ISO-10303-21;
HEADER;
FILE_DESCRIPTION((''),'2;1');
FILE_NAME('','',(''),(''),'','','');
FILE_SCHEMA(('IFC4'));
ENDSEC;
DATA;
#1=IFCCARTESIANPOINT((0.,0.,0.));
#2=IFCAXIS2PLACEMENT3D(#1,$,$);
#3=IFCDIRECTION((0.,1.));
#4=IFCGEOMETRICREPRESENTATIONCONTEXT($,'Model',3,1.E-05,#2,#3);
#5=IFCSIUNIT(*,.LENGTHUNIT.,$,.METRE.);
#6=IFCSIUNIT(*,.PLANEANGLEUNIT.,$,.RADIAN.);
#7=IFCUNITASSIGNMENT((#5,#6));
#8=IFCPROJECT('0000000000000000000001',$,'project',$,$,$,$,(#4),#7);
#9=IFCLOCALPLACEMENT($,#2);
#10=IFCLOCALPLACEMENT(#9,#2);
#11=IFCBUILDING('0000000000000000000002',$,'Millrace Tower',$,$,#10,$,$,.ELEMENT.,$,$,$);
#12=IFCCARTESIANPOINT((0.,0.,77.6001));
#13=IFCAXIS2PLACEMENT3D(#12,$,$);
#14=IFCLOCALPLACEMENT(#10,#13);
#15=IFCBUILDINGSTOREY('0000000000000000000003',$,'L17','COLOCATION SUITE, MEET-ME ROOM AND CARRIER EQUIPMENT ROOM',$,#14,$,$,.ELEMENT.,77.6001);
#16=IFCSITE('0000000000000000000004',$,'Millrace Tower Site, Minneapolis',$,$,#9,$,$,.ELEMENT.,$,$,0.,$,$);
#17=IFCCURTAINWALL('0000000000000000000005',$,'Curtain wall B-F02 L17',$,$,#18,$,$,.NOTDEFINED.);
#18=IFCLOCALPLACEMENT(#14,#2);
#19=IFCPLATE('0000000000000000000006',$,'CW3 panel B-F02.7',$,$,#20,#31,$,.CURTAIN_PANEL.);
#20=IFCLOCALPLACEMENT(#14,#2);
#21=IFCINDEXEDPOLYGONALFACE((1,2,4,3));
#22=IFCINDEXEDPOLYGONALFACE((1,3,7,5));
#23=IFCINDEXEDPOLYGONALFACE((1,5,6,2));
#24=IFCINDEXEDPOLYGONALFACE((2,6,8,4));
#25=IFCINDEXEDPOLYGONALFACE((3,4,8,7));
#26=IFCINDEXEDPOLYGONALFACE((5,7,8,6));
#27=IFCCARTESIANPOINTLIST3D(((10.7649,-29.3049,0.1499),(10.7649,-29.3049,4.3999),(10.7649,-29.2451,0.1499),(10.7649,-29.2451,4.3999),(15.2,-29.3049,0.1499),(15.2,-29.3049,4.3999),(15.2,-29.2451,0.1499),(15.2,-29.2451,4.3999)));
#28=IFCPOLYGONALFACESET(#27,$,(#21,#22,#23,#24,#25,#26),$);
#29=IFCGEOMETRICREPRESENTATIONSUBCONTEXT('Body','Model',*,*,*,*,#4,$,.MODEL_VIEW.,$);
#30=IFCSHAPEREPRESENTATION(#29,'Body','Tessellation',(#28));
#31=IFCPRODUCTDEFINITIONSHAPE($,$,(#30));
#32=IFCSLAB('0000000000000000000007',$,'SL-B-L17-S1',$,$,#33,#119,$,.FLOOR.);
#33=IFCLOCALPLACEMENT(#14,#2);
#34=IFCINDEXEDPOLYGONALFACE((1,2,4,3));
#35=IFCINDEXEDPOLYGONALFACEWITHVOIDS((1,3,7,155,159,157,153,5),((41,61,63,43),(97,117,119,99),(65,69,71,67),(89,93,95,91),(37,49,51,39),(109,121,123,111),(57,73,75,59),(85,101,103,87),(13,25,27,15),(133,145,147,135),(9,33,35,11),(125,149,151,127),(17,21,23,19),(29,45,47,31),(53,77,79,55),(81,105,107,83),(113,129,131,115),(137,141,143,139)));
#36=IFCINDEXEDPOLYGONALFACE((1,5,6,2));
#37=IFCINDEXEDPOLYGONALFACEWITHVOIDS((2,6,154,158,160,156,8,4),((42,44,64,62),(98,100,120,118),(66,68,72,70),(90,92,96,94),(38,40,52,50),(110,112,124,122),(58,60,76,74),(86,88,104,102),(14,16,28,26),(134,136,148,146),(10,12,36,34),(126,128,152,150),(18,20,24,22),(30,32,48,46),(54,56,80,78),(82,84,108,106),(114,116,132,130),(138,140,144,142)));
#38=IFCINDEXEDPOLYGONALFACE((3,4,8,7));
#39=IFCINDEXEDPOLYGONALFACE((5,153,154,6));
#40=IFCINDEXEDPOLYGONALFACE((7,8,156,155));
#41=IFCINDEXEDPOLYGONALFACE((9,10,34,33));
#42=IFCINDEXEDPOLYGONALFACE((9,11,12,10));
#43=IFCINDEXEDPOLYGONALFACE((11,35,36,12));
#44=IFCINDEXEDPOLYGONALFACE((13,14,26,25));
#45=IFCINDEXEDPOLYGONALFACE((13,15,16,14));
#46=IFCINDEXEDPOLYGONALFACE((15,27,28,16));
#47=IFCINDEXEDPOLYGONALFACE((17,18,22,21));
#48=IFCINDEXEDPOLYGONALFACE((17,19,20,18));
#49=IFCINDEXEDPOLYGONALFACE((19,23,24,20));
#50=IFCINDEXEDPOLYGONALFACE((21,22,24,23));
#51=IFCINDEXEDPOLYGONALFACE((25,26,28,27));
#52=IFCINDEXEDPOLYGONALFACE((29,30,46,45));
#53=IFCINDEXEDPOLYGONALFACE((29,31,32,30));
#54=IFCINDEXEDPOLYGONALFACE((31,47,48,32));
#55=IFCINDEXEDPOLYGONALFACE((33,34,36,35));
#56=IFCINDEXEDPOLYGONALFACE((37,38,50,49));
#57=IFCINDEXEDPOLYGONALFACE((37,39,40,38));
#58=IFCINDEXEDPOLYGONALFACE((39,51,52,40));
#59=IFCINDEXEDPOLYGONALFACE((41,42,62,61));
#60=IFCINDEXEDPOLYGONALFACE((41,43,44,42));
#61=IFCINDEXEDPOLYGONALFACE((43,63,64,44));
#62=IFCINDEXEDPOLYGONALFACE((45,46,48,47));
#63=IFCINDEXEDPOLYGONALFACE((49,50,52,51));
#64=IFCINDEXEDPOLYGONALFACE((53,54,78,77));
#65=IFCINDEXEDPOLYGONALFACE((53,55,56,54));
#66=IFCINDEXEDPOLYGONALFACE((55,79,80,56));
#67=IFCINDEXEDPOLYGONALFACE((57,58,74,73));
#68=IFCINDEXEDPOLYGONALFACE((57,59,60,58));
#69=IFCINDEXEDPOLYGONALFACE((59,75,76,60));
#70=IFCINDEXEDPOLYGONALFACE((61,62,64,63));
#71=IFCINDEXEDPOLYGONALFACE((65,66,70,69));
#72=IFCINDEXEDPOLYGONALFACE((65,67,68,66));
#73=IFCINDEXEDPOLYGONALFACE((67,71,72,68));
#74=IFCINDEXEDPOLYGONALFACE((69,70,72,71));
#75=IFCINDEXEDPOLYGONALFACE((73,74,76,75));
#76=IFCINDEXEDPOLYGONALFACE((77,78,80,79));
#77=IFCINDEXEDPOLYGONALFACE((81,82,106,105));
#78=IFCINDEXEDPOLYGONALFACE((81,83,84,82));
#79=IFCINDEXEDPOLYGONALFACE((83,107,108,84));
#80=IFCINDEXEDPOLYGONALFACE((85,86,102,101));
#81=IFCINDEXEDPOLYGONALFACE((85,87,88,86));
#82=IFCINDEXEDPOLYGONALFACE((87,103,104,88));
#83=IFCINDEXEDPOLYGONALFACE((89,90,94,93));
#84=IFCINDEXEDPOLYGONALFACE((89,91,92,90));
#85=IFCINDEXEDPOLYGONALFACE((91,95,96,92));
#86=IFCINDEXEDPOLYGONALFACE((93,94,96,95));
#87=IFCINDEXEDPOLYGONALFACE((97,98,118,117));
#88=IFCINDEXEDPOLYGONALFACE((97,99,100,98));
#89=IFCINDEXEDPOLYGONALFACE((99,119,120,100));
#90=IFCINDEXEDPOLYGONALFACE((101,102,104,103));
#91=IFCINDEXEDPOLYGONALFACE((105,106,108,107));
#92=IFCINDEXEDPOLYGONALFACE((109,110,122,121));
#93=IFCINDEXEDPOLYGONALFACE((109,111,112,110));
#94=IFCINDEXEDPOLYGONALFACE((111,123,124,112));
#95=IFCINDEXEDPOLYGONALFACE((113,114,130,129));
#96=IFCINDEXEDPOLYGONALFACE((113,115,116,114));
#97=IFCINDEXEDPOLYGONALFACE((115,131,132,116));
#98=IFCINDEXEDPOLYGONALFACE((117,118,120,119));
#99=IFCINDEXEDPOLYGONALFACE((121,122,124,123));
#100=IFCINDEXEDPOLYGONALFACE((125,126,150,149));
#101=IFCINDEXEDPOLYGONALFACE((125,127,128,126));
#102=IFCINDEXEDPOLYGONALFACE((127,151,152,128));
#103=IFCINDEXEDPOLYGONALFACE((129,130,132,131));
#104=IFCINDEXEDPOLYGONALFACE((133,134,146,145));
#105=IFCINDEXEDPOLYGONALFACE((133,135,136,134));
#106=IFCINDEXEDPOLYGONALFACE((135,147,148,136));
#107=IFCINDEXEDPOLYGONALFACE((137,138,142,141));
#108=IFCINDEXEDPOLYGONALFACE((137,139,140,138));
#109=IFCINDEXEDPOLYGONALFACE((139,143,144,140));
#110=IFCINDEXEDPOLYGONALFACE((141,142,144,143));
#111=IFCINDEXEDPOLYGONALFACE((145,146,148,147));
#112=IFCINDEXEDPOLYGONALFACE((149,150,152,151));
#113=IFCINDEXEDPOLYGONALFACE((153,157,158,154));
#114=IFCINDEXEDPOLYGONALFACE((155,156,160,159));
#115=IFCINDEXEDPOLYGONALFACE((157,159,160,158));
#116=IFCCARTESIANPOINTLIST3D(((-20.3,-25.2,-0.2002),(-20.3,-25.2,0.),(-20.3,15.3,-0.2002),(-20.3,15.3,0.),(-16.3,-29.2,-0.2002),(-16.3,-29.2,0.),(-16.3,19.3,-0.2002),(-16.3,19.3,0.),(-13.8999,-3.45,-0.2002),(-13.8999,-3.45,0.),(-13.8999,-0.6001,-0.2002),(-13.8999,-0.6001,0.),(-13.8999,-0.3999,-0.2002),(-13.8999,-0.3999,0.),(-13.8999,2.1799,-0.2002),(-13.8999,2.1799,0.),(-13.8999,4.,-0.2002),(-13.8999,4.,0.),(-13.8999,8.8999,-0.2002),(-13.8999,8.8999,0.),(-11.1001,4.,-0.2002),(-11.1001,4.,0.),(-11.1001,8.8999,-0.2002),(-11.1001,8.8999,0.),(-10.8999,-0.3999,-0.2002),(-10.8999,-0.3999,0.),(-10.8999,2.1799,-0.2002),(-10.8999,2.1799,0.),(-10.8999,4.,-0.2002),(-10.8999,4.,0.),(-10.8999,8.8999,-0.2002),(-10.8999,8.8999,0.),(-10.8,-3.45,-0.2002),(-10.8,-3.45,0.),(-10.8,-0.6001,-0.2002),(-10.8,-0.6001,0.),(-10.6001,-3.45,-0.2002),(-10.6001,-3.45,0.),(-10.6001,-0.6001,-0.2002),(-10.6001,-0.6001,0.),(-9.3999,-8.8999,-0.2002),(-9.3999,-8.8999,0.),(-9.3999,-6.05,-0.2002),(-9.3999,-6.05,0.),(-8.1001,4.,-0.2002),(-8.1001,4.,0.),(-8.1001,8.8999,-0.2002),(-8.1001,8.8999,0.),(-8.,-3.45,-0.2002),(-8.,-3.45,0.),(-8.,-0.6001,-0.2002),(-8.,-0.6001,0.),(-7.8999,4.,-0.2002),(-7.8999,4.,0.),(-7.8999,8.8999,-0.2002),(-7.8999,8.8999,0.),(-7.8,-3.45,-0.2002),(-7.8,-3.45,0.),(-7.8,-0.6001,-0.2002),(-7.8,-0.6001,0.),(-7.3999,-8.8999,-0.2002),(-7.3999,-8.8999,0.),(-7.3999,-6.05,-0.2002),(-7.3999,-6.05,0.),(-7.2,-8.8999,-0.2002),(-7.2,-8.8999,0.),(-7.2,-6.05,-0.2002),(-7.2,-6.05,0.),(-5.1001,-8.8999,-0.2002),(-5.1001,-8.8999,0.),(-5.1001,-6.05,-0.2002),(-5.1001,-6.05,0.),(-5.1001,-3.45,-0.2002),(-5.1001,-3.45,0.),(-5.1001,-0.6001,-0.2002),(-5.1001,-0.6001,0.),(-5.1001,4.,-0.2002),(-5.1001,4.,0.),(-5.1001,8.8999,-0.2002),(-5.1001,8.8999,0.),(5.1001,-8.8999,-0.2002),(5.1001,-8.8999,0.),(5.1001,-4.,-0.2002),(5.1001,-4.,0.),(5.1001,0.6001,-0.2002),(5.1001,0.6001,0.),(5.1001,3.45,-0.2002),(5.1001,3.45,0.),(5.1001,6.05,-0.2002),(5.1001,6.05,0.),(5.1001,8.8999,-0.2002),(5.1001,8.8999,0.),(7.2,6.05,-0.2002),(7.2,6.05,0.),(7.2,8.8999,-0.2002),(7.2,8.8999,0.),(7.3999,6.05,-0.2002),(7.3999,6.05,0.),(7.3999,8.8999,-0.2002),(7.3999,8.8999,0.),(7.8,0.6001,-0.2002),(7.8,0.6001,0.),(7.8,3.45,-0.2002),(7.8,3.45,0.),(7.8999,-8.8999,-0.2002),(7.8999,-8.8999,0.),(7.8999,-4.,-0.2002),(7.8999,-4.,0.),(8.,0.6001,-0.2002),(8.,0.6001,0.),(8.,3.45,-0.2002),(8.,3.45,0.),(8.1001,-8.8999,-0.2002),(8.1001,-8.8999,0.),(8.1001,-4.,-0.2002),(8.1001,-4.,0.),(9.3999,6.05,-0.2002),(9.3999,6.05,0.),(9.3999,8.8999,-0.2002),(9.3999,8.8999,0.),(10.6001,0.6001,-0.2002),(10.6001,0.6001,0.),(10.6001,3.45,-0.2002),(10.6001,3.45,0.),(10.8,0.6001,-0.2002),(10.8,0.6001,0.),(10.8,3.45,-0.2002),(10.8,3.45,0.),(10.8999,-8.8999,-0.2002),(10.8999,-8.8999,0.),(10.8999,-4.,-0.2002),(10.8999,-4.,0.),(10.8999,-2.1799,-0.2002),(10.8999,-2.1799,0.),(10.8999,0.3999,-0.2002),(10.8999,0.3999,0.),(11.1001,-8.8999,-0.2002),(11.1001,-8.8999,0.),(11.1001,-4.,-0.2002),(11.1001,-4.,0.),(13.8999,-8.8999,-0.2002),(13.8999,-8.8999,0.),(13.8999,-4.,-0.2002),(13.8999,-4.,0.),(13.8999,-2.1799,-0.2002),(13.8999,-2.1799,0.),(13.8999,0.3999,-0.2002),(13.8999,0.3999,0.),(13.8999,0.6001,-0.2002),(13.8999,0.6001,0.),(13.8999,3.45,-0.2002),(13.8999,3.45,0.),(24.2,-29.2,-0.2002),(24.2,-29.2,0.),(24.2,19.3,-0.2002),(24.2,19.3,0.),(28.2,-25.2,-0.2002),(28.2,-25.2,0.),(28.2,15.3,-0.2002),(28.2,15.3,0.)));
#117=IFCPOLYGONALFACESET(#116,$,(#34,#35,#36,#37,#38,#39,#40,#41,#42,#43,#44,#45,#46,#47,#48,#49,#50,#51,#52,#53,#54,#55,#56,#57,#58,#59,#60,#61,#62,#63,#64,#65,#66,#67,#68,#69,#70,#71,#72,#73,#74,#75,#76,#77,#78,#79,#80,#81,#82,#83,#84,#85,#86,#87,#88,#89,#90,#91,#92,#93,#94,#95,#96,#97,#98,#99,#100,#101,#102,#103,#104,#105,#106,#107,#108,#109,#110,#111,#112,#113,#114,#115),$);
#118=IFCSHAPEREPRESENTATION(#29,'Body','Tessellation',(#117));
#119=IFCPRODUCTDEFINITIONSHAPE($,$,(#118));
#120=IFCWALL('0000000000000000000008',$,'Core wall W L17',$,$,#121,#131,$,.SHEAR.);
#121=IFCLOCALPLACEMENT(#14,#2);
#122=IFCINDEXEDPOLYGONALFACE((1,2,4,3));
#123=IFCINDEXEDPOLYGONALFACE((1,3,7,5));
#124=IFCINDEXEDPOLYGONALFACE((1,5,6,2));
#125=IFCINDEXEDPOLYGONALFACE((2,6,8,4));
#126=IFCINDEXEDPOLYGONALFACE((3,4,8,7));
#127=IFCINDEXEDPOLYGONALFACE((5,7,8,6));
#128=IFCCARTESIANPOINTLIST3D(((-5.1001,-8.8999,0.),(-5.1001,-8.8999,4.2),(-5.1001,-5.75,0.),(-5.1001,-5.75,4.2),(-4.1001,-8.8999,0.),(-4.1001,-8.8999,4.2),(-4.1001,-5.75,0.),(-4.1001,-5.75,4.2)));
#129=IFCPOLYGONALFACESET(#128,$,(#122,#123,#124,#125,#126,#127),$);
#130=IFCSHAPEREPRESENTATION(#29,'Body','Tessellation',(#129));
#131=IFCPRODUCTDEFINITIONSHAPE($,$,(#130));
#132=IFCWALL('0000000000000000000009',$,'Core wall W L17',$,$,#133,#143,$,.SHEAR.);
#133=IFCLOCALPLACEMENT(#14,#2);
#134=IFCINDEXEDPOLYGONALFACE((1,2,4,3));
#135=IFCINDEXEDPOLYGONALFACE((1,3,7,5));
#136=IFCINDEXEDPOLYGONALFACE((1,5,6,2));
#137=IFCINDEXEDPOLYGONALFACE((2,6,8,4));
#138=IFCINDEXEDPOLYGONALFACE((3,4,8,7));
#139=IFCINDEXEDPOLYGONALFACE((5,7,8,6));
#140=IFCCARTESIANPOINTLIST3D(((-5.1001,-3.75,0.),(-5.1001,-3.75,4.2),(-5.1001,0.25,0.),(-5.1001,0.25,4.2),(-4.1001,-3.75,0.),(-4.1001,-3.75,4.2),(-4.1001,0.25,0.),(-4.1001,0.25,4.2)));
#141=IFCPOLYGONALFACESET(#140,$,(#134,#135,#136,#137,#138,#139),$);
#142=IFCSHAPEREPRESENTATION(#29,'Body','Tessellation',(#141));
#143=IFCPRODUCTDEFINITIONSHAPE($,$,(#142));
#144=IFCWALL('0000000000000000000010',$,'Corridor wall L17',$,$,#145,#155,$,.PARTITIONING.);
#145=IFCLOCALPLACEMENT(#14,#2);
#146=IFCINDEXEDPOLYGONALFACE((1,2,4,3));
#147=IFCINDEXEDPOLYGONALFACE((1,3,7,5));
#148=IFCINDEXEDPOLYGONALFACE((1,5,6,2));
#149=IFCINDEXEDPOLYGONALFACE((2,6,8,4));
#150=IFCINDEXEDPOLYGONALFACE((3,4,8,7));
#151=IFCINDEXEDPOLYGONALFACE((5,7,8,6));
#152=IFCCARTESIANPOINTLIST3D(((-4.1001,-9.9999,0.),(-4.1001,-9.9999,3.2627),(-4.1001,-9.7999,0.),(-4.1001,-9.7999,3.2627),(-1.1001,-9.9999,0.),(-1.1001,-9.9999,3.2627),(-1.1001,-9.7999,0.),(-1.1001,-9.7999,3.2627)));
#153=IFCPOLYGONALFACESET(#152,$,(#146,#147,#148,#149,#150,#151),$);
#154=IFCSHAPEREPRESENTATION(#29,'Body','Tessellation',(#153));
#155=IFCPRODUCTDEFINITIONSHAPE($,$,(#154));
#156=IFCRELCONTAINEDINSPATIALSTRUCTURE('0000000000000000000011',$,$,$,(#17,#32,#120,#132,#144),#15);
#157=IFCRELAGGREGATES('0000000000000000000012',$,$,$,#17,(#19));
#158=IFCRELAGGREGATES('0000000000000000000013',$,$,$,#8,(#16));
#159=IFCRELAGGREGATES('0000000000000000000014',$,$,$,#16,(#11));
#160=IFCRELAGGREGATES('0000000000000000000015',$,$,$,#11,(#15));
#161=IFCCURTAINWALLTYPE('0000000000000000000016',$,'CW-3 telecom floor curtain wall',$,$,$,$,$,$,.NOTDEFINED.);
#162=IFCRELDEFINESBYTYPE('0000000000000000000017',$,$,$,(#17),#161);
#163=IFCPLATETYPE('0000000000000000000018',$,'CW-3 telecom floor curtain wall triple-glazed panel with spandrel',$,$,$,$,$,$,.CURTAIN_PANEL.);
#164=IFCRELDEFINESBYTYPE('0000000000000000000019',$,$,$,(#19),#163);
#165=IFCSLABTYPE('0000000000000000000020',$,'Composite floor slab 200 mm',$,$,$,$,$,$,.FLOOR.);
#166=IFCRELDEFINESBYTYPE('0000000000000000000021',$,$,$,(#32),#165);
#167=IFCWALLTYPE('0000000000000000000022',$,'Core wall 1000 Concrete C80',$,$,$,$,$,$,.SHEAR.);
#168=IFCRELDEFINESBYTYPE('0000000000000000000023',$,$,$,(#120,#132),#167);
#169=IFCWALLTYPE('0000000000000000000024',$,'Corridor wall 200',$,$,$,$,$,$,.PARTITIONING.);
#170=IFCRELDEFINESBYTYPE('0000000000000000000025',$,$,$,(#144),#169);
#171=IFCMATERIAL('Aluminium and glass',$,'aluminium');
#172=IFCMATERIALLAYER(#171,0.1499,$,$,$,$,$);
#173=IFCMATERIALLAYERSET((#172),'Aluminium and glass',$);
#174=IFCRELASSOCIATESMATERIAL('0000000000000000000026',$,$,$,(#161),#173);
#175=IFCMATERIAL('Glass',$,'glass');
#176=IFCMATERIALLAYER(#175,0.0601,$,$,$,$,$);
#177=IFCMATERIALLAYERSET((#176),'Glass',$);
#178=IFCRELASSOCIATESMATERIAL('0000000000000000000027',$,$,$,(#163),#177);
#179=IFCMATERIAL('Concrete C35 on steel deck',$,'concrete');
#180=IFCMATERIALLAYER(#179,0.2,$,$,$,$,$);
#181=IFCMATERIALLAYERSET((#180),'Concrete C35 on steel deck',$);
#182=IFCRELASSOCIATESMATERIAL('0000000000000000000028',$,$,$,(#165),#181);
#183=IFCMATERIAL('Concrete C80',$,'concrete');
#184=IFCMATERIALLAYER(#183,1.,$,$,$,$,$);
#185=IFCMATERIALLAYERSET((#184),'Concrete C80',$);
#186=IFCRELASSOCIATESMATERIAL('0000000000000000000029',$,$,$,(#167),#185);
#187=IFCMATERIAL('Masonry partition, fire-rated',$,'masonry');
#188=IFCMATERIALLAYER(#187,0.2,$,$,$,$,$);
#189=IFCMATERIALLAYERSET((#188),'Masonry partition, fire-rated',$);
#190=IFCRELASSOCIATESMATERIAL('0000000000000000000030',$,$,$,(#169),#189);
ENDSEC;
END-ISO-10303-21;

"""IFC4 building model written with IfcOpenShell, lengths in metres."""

from ifc_helpers import new_model, si_unit, direction, frame, frame_2d, origin, place, context, subcontext, project, spatial, polyline, rectangle, outline, extrude, material, layer, layer_set, type_object, element, aggregate, save


model = new_model("IFC4")

# Units and contexts
model_context = context("Model", 3, precision=1e-05, world=origin(), true_north=direction((0.0, 1.0)))
body_context = subcontext(model_context, "Body", "Model", "MODEL_VIEW")
ifc_project = project(units=[si_unit("LENGTHUNIT", "METRE"), si_unit("PLANEANGLEUNIT", "RADIAN")], contexts=[model_context])

# Site, building, storey
site_placement = place(None, origin())
site = spatial("IfcSite", under=ifc_project, at=site_placement, Name="Millrace Tower Site, Minneapolis", CompositionType="ELEMENT", RefElevation=0.0)
building_placement = place(site_placement, origin())
building = spatial("IfcBuilding", under=site, at=building_placement, Name="Millrace Tower", CompositionType="ELEMENT")
storey_placement = place(building_placement, frame((0.0, 0.0, 77.6001)))
storey = spatial("IfcBuildingStorey", under=building, at=storey_placement, Name="L17", Description="COLOCATION SUITE, MEET-ME ROOM AND CARRIER EQUIPMENT ROOM", CompositionType="ELEMENT", Elevation=77.6001)

# Shared definitions
ifc_material_1 = material(Name="Aluminium and glass", Category="aluminium")
ifc_layer_1 = layer(ifc_material_1, 0.1499)
ifc_layer_set_1 = layer_set([ifc_layer_1], Name="Aluminium and glass")
curtain_wall_type = type_object("IfcCurtainWallType", Name="CW-3 telecom floor curtain wall", PredefinedType="NOTDEFINED", material=ifc_layer_set_1)
placement_1 = place(storey_placement, origin())
ifc_material_2 = material(Name="Glass", Category="glass")
ifc_layer_2 = layer(ifc_material_2, 0.0601)
ifc_layer_set_2 = layer_set([ifc_layer_2], Name="Glass")
plate_type = type_object("IfcPlateType", Name="CW-3 telecom floor curtain wall triple-glazed panel with spandrel", PredefinedType="CURTAIN_PANEL", material=ifc_layer_set_2)
placement_2 = place(storey_placement, frame((0.0, 0.0, 0.1499)))

# Curtain wall, plate
curtain_wall_1 = element("IfcCurtainWall", 1, at=placement_1, inside=storey, type_object=curtain_wall_type, Name="Curtain wall B-F02 L17", PredefinedType="NOTDEFINED")
plate_1 = element("IfcPlate", 2, at=placement_2, type_object=plate_type, Name="CW3 panel B-F02.7", PredefinedType="CURTAIN_PANEL", context=body_context, shape_type="SweptSolid", body=[
    extrude(outline(polyline([(10.7649, -29.3049), (15.2, -29.3049), (15.2, -29.2451), (10.7649, -29.2451), (10.7649, -29.3049)])), origin(), (0.0, 0.0, 1.0), 4.25),
])
aggregate(curtain_wall_1, [plate_1])

# Slab
ifc_material_3 = material(Name="Concrete C35 on steel deck", Category="concrete")
ifc_layer_3 = layer(ifc_material_3, 0.2)
ifc_layer_set_3 = layer_set([ifc_layer_3], Name="Concrete C35 on steel deck")
slab_type = type_object("IfcSlabType", Name="Composite floor slab 200 mm", PredefinedType="FLOOR", material=ifc_layer_set_3)
slab_placement = place(storey_placement, frame((0.0, 0.0, -0.2002)))
element("IfcSlab", 3, at=slab_placement, inside=storey, type_object=slab_type, Name="SL-B-L17-S1", PredefinedType="FLOOR", context=body_context, shape_type="SweptSolid", body=[
    extrude(outline(polyline([(-20.3, -25.2), (-16.3, -29.2), (24.2, -29.2), (28.2, -25.2), (28.2, 15.3), (24.2, 19.3), (-16.3, 19.3), (-20.3, 15.3), (-20.3, -25.2)]), holes=[polyline([(-9.3999, -8.8999), (-7.3999, -8.8999), (-7.3999, -6.05), (-9.3999, -6.05), (-9.3999, -8.8999)]), polyline([(-7.2, -8.8999), (-5.1001, -8.8999), (-5.1001, -6.05), (-7.2, -6.05), (-7.2, -8.8999)]), polyline([(-13.8999, -3.45), (-10.8, -3.45), (-10.8, -0.6001), (-13.8999, -0.6001), (-13.8999, -3.45)]), polyline([(-10.6001, -3.45), (-8.0, -3.45), (-8.0, -0.6001), (-10.6001, -0.6001), (-10.6001, -3.45)]), polyline([(-7.8, -3.45), (-5.1001, -3.45), (-5.1001, -0.6001), (-7.8, -0.6001), (-7.8, -3.45)]), polyline([(-13.8999, -0.3999), (-10.8999, -0.3999), (-10.8999, 2.1799), (-13.8999, 2.1799), (-13.8999, -0.3999)]), polyline([(-13.8999, 4.0), (-11.1001, 4.0), (-11.1001, 8.8999), (-13.8999, 8.8999), (-13.8999, 4.0)]), polyline([(-10.8999, 4.0), (-8.1001, 4.0), (-8.1001, 8.8999), (-10.8999, 8.8999), (-10.8999, 4.0)]), polyline([(-7.8999, 4.0), (-5.1001, 4.0), (-5.1001, 8.8999), (-7.8999, 8.8999), (-7.8999, 4.0)]), polyline([(7.3999, 6.05), (9.3999, 6.05), (9.3999, 8.8999), (7.3999, 8.8999), (7.3999, 6.05)]), polyline([(5.1001, 6.05), (7.2, 6.05), (7.2, 8.8999), (5.1001, 8.8999), (5.1001, 6.05)]), polyline([(10.8, 0.6001), (13.8999, 0.6001), (13.8999, 3.45), (10.8, 3.45), (10.8, 0.6001)]), polyline([(8.0, 0.6001), (10.6001, 0.6001), (10.6001, 3.45), (8.0, 3.45), (8.0, 0.6001)]), polyline([(5.1001, 0.6001), (7.8, 0.6001), (7.8, 3.45), (5.1001, 3.45), (5.1001, 0.6001)]), polyline([(10.8999, -2.1799), (13.8999, -2.1799), (13.8999, 0.3999), (10.8999, 0.3999), (10.8999, -2.1799)]), polyline([(11.1001, -8.8999), (13.8999, -8.8999), (13.8999, -4.0), (11.1001, -4.0), (11.1001, -8.8999)]), polyline([(8.1001, -8.8999), (10.8999, -8.8999), (10.8999, -4.0), (8.1001, -4.0), (8.1001, -8.8999)]), polyline([(5.1001, -8.8999), (7.8999, -8.8999), (7.8999, -4.0), (5.1001, -4.0), (5.1001, -8.8999)])]), origin(), (0.0, 0.0, 1.0), 0.2002),
])

# Walls
ifc_material_4 = material(Name="Concrete C80", Category="concrete")
ifc_layer_4 = layer(ifc_material_4, 1.0)
ifc_layer_set_4 = layer_set([ifc_layer_4], Name="Concrete C80")
wall_type_1 = type_object("IfcWallType", Name="Core wall 1000 Concrete C80", PredefinedType="SHEAR", material=ifc_layer_set_4)
wall_1_placement = place(storey_placement, frame((-4.6001, -8.8999, 0.0), z_axis=(0.0, 0.0, 1.0), x_axis=(0.0, 1.0, 0.0)))
element("IfcWall", 4, at=wall_1_placement, inside=storey, type_object=wall_type_1, Name="Core wall W L17", PredefinedType="SHEAR", context=body_context, shape_type="SweptSolid", body=[
    extrude(rectangle(XDim=3.1499, YDim=1.0, at=frame_2d((1.575, 0.0))), origin(), (0.0, 0.0, 1.0), 4.2),
])
wall_2_placement = place(storey_placement, frame((-4.6001, -3.75, 0.0), z_axis=(0.0, 0.0, 1.0), x_axis=(0.0, 1.0, 0.0)))
element("IfcWall", 5, at=wall_2_placement, inside=storey, type_object=wall_type_1, Name="Core wall W L17", PredefinedType="SHEAR", context=body_context, shape_type="SweptSolid", body=[
    extrude(rectangle(XDim=4.0, YDim=1.0, at=frame_2d((2.0, 0.0))), origin(), (0.0, 0.0, 1.0), 4.2),
])
ifc_material_5 = material(Name="Masonry partition, fire-rated", Category="masonry")
ifc_layer_5 = layer(ifc_material_5, 0.2)
ifc_layer_set_5 = layer_set([ifc_layer_5], Name="Masonry partition, fire-rated")
wall_type_2 = type_object("IfcWallType", Name="Corridor wall 200", PredefinedType="PARTITIONING", material=ifc_layer_set_5)
wall_3_placement = place(storey_placement, frame((-4.1001, -9.8999, 0.0), z_axis=(0.0, 0.0, 1.0), x_axis=(1.0, 0.0, 0.0)))
element("IfcWall", 6, at=wall_3_placement, inside=storey, type_object=wall_type_2, Name="Corridor wall L17", PredefinedType="PARTITIONING", context=body_context, shape_type="SweptSolid", body=[
    extrude(rectangle(XDim=3.0, YDim=0.2, at=frame_2d((1.5, 0.0))), origin(), (0.0, 0.0, 1.0), 3.2627),
])

save(model, "model.ifc")
